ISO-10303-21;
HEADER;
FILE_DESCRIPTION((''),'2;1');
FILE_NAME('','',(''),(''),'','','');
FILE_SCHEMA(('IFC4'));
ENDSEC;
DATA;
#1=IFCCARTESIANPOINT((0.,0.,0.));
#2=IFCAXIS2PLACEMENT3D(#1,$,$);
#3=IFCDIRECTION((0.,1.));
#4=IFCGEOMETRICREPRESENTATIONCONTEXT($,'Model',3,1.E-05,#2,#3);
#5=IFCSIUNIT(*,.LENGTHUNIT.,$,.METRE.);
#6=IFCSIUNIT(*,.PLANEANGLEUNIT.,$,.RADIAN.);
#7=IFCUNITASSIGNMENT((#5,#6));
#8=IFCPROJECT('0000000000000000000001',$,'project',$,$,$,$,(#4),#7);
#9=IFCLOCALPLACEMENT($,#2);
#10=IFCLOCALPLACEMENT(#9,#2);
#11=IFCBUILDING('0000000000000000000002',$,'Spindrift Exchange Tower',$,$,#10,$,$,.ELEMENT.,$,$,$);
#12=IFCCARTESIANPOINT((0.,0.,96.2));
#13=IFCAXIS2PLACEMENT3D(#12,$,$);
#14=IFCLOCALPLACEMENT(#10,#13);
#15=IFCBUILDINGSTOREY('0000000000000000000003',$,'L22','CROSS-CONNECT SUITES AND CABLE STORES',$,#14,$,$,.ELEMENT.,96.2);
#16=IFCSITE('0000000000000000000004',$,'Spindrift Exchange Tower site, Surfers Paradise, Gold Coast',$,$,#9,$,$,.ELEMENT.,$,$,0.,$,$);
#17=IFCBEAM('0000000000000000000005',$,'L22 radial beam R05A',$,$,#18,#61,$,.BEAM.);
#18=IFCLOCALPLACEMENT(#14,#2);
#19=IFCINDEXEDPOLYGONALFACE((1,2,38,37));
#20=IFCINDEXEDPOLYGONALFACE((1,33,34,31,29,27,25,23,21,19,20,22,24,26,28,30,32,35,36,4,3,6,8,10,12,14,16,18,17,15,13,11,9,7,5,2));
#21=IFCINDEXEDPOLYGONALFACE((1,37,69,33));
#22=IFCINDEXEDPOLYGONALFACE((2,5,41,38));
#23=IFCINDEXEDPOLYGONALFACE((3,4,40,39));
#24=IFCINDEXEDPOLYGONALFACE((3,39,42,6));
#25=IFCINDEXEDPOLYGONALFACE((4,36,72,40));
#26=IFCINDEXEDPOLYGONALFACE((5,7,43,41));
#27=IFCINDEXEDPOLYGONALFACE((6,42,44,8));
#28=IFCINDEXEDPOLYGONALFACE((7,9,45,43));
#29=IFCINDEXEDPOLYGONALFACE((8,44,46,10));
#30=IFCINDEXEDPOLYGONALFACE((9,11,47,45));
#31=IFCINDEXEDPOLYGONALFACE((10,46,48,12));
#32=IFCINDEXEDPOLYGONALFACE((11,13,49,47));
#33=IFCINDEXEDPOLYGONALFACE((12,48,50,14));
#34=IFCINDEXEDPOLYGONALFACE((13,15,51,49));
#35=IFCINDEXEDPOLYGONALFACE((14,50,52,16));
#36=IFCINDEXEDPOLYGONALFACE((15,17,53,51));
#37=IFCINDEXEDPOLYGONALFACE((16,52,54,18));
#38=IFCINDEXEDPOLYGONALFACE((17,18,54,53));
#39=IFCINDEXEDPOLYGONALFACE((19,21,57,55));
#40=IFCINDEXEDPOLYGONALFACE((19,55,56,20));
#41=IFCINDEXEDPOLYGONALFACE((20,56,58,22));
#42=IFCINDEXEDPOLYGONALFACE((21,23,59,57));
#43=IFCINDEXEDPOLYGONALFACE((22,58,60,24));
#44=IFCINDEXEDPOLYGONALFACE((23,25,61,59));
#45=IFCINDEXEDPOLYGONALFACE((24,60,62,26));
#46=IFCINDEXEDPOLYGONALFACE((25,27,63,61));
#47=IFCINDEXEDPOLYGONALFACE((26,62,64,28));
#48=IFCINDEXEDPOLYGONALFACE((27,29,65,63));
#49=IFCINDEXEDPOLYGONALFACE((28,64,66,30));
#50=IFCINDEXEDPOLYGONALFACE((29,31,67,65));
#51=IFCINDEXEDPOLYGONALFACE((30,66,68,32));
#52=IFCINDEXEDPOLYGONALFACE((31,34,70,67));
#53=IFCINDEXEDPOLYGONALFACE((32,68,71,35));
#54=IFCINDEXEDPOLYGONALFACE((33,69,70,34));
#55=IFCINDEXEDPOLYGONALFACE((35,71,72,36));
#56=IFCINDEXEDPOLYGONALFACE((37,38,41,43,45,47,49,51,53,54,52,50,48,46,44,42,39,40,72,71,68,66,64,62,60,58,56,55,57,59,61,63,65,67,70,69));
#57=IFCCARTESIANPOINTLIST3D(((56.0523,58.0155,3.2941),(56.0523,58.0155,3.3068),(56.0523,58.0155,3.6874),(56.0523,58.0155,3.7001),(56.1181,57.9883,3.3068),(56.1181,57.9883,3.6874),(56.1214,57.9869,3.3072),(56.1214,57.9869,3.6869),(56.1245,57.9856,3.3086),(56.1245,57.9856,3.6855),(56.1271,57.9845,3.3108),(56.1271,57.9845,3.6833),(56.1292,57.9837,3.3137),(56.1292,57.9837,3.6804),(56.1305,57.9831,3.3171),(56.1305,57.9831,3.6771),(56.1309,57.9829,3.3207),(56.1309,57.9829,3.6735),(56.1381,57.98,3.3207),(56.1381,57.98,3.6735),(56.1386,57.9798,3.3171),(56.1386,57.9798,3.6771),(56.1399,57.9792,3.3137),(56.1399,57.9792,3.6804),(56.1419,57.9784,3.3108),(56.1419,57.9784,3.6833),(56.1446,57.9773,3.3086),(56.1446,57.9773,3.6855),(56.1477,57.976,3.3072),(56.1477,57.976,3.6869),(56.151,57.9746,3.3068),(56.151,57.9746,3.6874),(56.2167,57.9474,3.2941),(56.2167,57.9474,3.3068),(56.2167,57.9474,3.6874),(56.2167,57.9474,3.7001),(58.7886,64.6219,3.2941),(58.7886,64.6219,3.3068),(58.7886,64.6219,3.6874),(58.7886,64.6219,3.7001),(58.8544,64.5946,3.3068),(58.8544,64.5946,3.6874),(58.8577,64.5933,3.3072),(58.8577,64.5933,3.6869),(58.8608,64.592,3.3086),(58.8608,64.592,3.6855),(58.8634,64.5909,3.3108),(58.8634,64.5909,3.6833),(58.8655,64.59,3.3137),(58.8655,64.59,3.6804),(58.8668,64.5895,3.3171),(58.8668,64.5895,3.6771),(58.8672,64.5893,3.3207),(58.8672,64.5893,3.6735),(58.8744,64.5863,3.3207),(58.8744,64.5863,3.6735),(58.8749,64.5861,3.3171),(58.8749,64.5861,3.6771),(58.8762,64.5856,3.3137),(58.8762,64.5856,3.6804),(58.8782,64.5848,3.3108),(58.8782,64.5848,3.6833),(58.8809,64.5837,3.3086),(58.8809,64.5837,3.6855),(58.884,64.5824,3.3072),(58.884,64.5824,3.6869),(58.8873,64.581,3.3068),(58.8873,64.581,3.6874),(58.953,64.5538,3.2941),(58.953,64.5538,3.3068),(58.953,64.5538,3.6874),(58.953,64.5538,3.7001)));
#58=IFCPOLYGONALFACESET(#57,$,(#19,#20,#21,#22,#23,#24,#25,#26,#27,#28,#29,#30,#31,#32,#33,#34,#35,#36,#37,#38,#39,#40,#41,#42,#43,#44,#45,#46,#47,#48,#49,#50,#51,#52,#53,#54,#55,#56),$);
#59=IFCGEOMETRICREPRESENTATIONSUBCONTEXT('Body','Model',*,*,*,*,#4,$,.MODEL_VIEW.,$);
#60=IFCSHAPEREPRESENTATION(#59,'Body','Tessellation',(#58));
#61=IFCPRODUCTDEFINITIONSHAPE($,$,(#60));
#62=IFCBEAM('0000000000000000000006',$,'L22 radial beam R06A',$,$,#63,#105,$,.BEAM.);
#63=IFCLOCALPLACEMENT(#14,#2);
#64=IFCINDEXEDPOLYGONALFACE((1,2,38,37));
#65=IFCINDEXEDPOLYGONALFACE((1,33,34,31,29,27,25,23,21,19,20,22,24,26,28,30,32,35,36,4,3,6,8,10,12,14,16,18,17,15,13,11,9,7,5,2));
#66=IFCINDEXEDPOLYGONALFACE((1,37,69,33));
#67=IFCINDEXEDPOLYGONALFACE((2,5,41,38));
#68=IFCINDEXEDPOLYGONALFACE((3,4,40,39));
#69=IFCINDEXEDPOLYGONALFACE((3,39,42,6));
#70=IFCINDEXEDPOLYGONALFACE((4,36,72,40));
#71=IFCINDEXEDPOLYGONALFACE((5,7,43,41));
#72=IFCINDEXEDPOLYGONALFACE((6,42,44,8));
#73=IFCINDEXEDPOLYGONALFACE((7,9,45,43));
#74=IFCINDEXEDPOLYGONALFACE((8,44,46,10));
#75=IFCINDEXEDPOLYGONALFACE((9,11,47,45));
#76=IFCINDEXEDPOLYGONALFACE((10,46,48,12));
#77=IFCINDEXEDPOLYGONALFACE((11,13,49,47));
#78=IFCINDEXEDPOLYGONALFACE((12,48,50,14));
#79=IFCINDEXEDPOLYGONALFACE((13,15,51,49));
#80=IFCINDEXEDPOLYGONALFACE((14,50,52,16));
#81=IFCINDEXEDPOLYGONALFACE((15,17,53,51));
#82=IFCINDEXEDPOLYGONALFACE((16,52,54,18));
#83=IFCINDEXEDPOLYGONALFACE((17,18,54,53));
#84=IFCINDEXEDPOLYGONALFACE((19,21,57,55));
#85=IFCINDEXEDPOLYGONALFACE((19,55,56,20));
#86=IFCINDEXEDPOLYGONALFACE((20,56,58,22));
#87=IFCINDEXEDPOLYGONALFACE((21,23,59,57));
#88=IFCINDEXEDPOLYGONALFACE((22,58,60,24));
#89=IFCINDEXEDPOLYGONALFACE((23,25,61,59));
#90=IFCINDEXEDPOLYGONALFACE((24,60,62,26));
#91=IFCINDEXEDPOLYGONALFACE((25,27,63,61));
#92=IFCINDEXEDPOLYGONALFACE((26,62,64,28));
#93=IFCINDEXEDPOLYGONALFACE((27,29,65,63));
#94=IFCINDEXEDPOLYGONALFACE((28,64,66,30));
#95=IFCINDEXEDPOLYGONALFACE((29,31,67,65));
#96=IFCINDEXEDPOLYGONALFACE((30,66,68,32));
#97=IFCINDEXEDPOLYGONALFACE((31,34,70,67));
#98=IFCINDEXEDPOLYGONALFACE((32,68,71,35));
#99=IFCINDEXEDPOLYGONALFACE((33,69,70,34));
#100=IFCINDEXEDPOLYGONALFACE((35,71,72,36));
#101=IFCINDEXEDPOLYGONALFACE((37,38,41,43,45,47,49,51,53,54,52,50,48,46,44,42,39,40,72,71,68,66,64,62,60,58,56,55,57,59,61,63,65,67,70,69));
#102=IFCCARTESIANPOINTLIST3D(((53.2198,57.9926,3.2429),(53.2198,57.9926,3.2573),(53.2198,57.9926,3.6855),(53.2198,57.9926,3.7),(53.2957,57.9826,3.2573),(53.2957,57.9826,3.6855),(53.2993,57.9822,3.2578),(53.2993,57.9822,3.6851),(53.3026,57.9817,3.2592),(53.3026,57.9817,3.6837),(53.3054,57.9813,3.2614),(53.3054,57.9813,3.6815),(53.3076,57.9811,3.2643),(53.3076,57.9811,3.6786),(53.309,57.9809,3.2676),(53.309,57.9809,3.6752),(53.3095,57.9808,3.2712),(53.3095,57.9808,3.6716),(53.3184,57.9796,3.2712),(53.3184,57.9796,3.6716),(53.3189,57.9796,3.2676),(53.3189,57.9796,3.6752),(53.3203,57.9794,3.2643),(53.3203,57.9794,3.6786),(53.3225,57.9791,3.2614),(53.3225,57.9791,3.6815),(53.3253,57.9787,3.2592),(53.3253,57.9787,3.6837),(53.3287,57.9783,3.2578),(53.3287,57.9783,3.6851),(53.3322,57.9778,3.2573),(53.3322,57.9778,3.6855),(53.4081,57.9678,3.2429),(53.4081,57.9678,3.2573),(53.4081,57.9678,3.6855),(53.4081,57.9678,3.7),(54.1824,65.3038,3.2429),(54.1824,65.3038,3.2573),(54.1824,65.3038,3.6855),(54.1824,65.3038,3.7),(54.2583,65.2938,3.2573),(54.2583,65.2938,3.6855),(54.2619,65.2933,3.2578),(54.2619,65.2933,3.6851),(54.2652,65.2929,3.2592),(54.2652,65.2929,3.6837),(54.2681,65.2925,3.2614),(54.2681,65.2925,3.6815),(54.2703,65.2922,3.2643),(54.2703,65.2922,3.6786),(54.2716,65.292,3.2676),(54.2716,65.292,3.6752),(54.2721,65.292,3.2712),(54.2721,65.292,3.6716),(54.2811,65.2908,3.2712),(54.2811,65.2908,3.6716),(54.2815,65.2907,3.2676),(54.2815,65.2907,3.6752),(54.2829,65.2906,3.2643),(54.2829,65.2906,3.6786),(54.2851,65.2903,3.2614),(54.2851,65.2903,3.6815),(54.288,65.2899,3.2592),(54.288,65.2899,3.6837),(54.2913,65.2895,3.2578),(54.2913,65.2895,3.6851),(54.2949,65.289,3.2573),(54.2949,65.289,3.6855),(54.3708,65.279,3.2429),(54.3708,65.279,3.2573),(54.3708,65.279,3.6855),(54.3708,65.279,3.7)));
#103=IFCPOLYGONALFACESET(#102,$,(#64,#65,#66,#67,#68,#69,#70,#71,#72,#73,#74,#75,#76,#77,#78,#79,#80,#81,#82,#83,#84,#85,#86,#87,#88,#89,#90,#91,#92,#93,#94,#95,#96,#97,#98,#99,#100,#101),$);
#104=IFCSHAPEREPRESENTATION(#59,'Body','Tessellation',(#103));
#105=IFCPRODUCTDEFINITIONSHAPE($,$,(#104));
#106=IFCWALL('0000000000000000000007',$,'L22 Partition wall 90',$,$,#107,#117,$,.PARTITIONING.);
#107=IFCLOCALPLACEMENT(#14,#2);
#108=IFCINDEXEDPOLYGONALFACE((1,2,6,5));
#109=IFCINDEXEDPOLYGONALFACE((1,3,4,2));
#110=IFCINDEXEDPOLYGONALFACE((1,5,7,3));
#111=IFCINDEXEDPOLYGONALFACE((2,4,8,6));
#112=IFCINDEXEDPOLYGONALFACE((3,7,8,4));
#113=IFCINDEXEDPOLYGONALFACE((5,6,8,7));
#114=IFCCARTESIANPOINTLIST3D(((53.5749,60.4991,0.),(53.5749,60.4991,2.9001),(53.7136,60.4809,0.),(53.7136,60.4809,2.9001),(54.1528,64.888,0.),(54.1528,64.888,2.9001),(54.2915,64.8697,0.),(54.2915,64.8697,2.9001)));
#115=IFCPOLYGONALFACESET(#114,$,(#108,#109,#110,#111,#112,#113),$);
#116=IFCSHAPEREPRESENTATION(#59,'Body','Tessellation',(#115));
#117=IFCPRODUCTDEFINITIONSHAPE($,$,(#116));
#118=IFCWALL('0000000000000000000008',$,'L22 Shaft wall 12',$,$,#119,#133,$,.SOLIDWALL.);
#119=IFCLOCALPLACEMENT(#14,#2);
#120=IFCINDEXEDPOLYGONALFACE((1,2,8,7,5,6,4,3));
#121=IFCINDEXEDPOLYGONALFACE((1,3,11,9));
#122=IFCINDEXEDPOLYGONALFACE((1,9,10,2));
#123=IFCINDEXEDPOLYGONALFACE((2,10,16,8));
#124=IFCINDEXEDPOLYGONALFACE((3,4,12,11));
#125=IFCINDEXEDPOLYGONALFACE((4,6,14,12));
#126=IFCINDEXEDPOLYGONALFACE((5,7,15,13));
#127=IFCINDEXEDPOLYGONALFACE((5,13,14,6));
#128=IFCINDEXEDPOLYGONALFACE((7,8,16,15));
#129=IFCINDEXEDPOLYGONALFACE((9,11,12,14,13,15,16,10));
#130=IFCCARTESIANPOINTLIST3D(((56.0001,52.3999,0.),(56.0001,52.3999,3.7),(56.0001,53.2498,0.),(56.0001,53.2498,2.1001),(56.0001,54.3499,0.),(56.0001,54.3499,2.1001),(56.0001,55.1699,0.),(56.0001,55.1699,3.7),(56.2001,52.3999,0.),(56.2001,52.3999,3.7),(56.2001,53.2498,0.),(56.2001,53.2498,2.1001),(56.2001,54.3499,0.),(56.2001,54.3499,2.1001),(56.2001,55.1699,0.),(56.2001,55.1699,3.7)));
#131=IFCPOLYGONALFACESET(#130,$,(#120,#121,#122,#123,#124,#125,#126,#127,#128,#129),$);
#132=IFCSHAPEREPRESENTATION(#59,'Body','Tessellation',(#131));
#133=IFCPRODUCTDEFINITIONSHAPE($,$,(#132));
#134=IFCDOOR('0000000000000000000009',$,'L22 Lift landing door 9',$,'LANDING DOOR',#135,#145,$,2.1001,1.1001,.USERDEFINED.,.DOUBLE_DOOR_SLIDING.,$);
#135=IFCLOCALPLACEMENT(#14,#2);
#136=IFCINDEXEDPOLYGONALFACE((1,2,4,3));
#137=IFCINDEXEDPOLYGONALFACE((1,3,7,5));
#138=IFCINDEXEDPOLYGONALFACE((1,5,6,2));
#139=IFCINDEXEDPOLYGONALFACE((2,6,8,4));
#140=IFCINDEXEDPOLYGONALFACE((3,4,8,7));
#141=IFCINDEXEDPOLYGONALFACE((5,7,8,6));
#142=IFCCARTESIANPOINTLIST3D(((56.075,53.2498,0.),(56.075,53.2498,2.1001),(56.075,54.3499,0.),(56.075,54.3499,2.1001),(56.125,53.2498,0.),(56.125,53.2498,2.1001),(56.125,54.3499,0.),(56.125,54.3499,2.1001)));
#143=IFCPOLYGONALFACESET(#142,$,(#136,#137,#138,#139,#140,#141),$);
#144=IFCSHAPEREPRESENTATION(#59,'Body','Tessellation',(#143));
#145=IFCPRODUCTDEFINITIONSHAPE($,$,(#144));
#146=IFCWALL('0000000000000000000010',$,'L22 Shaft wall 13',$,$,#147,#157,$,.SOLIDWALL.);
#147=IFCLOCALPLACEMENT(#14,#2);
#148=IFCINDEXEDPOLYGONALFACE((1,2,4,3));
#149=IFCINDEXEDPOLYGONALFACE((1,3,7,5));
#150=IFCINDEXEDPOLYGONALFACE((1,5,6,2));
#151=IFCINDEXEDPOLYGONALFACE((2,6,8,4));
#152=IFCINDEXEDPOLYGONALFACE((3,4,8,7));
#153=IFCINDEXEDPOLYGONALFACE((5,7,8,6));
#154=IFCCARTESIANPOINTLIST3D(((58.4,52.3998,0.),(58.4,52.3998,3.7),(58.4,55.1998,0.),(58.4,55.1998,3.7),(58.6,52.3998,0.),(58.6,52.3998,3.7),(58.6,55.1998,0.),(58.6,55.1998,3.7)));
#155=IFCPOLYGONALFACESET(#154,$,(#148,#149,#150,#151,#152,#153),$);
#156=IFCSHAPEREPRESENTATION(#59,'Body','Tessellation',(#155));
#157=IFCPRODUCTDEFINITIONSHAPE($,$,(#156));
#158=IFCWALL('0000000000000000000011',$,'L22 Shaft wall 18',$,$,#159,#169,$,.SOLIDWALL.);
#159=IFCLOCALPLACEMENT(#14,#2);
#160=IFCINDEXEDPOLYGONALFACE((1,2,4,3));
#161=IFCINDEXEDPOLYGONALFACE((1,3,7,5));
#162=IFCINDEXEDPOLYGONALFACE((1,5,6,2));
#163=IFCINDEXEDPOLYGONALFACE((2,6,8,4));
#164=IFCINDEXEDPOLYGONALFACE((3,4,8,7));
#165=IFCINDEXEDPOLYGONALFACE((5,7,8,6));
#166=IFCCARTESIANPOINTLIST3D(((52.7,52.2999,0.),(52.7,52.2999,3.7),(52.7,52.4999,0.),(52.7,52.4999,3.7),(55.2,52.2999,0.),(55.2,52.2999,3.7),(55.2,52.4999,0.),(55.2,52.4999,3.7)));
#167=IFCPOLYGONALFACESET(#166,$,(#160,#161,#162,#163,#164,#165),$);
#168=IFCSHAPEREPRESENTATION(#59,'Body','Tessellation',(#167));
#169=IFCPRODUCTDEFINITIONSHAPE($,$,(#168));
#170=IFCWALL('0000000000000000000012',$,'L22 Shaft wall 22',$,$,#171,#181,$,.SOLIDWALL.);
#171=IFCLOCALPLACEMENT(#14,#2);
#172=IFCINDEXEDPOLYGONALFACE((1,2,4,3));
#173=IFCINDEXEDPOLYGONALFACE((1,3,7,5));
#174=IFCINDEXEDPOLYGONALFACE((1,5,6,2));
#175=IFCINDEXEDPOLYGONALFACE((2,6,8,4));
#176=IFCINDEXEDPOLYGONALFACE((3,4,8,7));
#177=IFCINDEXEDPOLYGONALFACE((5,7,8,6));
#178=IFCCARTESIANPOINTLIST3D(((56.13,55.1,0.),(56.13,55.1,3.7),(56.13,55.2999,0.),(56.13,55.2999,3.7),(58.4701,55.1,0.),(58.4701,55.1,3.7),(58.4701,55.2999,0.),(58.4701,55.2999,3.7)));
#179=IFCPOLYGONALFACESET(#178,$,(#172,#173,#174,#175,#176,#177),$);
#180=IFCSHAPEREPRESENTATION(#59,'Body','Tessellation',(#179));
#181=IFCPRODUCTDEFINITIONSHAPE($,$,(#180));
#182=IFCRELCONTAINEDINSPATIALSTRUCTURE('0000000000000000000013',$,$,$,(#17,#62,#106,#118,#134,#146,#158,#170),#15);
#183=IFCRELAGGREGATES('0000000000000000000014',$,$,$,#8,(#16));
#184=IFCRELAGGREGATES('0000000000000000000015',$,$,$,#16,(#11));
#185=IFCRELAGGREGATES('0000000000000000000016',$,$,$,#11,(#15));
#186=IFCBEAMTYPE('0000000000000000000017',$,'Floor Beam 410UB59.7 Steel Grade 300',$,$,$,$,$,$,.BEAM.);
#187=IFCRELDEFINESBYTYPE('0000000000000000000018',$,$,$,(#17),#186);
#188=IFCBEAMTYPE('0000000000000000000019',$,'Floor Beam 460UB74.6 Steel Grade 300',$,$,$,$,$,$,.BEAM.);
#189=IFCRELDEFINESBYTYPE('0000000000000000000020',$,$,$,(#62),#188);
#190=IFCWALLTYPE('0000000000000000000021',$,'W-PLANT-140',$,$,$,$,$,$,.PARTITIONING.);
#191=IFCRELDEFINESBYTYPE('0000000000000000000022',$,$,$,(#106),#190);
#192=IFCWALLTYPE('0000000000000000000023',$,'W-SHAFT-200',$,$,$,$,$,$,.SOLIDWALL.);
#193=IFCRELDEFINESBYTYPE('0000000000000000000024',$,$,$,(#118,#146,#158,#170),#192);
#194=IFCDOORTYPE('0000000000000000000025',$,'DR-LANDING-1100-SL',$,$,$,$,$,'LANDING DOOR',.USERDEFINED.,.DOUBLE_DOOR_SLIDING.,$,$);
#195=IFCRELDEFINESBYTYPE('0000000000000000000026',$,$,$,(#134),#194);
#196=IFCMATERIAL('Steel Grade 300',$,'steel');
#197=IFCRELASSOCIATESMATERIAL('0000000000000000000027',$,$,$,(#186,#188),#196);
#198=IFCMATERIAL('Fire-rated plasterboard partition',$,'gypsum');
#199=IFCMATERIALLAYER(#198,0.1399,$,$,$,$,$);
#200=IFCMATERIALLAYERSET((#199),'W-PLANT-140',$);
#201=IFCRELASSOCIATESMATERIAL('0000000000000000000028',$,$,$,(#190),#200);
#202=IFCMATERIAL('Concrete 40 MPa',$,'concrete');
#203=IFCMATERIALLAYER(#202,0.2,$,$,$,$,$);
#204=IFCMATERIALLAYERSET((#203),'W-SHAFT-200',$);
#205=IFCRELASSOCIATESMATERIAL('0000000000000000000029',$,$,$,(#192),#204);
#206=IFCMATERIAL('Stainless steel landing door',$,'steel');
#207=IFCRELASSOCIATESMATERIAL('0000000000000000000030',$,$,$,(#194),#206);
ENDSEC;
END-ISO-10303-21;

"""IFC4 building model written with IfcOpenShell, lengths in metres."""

from ifc_helpers import new_model, si_unit, direction, frame, frame_2d, origin, origin_2d, place, context, subcontext, project, spatial, rectangle, i_section, extrude, source, transform, mapped, material, layer, layer_set, material_profile, profile_set, type_object, element, fill, save


model = new_model("IFC4")

# Units and contexts
model_context = context("Model", 3, precision=1e-05, world=origin(), true_north=direction((0.0, 1.0)))
body_context = subcontext(model_context, "Body", "Model", "MODEL_VIEW")
ifc_project = project(units=[si_unit("LENGTHUNIT", "METRE"), si_unit("PLANEANGLEUNIT", "RADIAN")], contexts=[model_context])

# Site, building, storey
site_placement = place(None, origin())
site = spatial("IfcSite", under=ifc_project, at=site_placement, Name="Spindrift Exchange Tower site, Surfers Paradise, Gold Coast", CompositionType="ELEMENT", RefElevation=0.0)
building_placement = place(site_placement, origin())
building = spatial("IfcBuilding", under=site, at=building_placement, Name="Spindrift Exchange Tower", CompositionType="ELEMENT")
storey_placement = place(building_placement, frame((0.0, 0.0, 96.2)))
storey = spatial("IfcBuildingStorey", under=building, at=storey_placement, Name="L22", Description="CROSS-CONNECT SUITES AND CABLE STORES", CompositionType="ELEMENT", Elevation=96.2)

# Beams
ifc_material_1 = material(Name="Steel Grade 300", Category="steel")
ifc_material_profile_1 = material_profile(ifc_material_1, i_section(OverallWidth=0.178, OverallDepth=0.406, WebThickness=0.0078, FlangeThickness=0.0127, FilletRadius=0.0139, at=origin_2d()), Name="410UB59.7")
ifc_profile_set_1 = profile_set([ifc_material_profile_1], Name="Steel Grade 300")
beam_type_1 = type_object("IfcBeamType", Name="Floor Beam 410UB59.7 Steel Grade 300", PredefinedType="BEAM", material=ifc_profile_set_1)
shared_shape_1 = source(origin(), body_context, "Body", "SweptSolid", [
    extrude(i_section(OverallWidth=0.178, OverallDepth=0.406, WebThickness=0.0078, FlangeThickness=0.0127, FilletRadius=0.0139, at=origin_2d()), origin(), (0.0, 0.0, 1.0), 7.1506),
])
beam_1_placement = place(storey_placement, frame((56.1345, 57.9814, 3.4971), z_axis=(0.382665, 0.923887, 0.0), x_axis=(-0.923887, 0.382665, 0.0)))
element("IfcBeam", 1, at=beam_1_placement, inside=storey, type_object=beam_type_1, Name="L22 radial beam R05A", PredefinedType="BEAM", context=body_context, shape_type="MappedRepresentation", body=[
    mapped(shared_shape_1, transform((0.0, 0.0, 0.0), scale=1.0)),
])
ifc_material_profile_2 = material_profile(ifc_material_1, i_section(OverallWidth=0.1899, OverallDepth=0.457, WebThickness=0.009, FlangeThickness=0.0144, FilletRadius=0.0139, at=origin_2d()), Name="460UB74.6")
ifc_profile_set_2 = profile_set([ifc_material_profile_2], Name="Steel Grade 300")
beam_type_2 = type_object("IfcBeamType", Name="Floor Beam 460UB74.6 Steel Grade 300", PredefinedType="BEAM", material=ifc_profile_set_2)
shared_shape_2 = source(origin(), body_context, "Body", "SweptSolid", [
    extrude(i_section(OverallWidth=0.1899, OverallDepth=0.457, WebThickness=0.009, FlangeThickness=0.0144, FilletRadius=0.0139, at=origin_2d()), origin(), (0.0, 0.0, 1.0), 7.3743),
])
beam_2_placement = place(storey_placement, frame((53.314, 57.9802, 3.4714), z_axis=(0.130539, 0.991443, 0.0), x_axis=(-0.991443, 0.130539, 0.0)))
element("IfcBeam", 2, at=beam_2_placement, inside=storey, type_object=beam_type_2, Name="L22 radial beam R06A", PredefinedType="BEAM", context=body_context, shape_type="MappedRepresentation", body=[
    mapped(shared_shape_2, transform((0.0, 0.0, 0.0), scale=1.0)),
])

# Wall
ifc_material_2 = material(Name="Fire-rated plasterboard partition", Category="gypsum")
ifc_layer_1 = layer(ifc_material_2, 0.1399)
ifc_layer_set_1 = layer_set([ifc_layer_1], Name="W-PLANT-140")
wall_type_1 = type_object("IfcWallType", Name="W-PLANT-140", PredefinedType="PARTITIONING", material=ifc_layer_set_1)
wall_1_placement = place(storey_placement, frame((53.6443, 60.49, 0.0), z_axis=(0.0, 0.0, 1.0), x_axis=(0.130542, 0.991443, 0.0)))
element("IfcWall", 3, at=wall_1_placement, inside=storey, type_object=wall_type_1, Name="L22 Partition wall 90", PredefinedType="PARTITIONING", context=body_context, shape_type="SweptSolid", body=[
    extrude(rectangle(XDim=4.4268, YDim=0.1399, at=frame_2d((2.2134, 0.0))), origin(), (0.0, 0.0, 1.0), 2.9001),
])

# Wall, opening, door
ifc_material_3 = material(Name="Concrete 40 MPa", Category="concrete")
ifc_layer_2 = layer(ifc_material_3, 0.2)
ifc_layer_set_2 = layer_set([ifc_layer_2], Name="W-SHAFT-200")
wall_type_2 = type_object("IfcWallType", Name="W-SHAFT-200", PredefinedType="SOLIDWALL", material=ifc_layer_set_2)
wall_2_placement = place(storey_placement, frame((56.1001, 55.1699, 0.0), z_axis=(0.0, 0.0, 1.0), x_axis=(0.0, -1.0, 0.0)))
wall_2 = element("IfcWall", 4, at=wall_2_placement, inside=storey, type_object=wall_type_2, Name="L22 Shaft wall 12", PredefinedType="SOLIDWALL", context=body_context, shape_type="SweptSolid", body=[
    extrude(rectangle(XDim=2.77, YDim=0.2, at=frame_2d((1.385, 0.0))), origin(), (0.0, 0.0, 1.0), 3.7),
])
opening_1_placement = place(wall_2_placement, frame((0.8201, 0.0, 0.0)))
opening_1 = element("IfcOpeningElement", 5, at=opening_1_placement, cuts=wall_2, PredefinedType="OPENING", context=body_context, shape_type="SweptSolid", body=[
    extrude(rectangle(XDim=1.1001, YDim=2.1001, at=frame_2d((0.55, 1.05))), frame((0.0, 0.1099, 0.0), z_axis=(0.0, -1.0, 0.0), x_axis=(1.0, 0.0, 0.0)), (0.0, 0.0, 1.0), 0.22),
])
ifc_material_4 = material(Name="Stainless steel landing door", Category="steel")
door_type_1 = type_object("IfcDoorType", Name="DR-LANDING-1100-SL", ElementType="LANDING DOOR", OperationType="DOUBLE_DOOR_SLIDING", PredefinedType="USERDEFINED", material=ifc_material_4)
shared_shape_3 = source(origin(), body_context, "Body", "SweptSolid", [
    extrude(rectangle(XDim=1.1001, YDim=2.1001, at=frame_2d((0.55, 1.05))), frame((0.0, 0.0249, 0.0), z_axis=(0.0, -1.0, 0.0), x_axis=(1.0, 0.0, 0.0)), (0.0, 0.0, 1.0), 0.05),
])
door_1_placement = place(opening_1_placement, origin())
door_1 = element("IfcDoor", 6, at=door_1_placement, inside=storey, type_object=door_type_1, Name="L22 Lift landing door 9", ObjectType="LANDING DOOR", OperationType="DOUBLE_DOOR_SLIDING", OverallHeight=2.1001, OverallWidth=1.1001, PredefinedType="USERDEFINED", context=body_context, shape_type="MappedRepresentation", body=[
    mapped(shared_shape_3, transform((0.0, 0.0, 0.0), scale=1.0)),
])
fill(opening_1, door_1)

# Walls
wall_3_placement = place(storey_placement, frame((58.5, 52.3999, 0.0), z_axis=(0.0, 0.0, 1.0), x_axis=(0.0, 1.0, 0.0)))
element("IfcWall", 7, at=wall_3_placement, inside=storey, type_object=wall_type_2, Name="L22 Shaft wall 13", PredefinedType="SOLIDWALL", context=body_context, shape_type="SweptSolid", body=[
    extrude(rectangle(XDim=2.8, YDim=0.2, at=frame_2d((1.3999, 0.0))), origin(), (0.0, 0.0, 1.0), 3.7),
])
wall_4_placement = place(storey_placement, frame((55.2, 52.3999, 0.0), z_axis=(0.0, 0.0, 1.0), x_axis=(-1.0, 0.0, 0.0)))
element("IfcWall", 8, at=wall_4_placement, inside=storey, type_object=wall_type_2, Name="L22 Shaft wall 18", PredefinedType="SOLIDWALL", context=body_context, shape_type="SweptSolid", body=[
    extrude(rectangle(XDim=2.5, YDim=0.2, at=frame_2d((1.25, 0.0))), origin(), (0.0, 0.0, 1.0), 3.7),
])
wall_5_placement = place(storey_placement, frame((58.47, 55.2, 0.0), z_axis=(0.0, 0.0, 1.0), x_axis=(-1.0, 0.0, 0.0)))
element("IfcWall", 9, at=wall_5_placement, inside=storey, type_object=wall_type_2, Name="L22 Shaft wall 22", PredefinedType="SOLIDWALL", context=body_context, shape_type="SweptSolid", body=[
    extrude(rectangle(XDim=2.3401, YDim=0.2, at=frame_2d((1.1699, 0.0))), origin(), (0.0, 0.0, 1.0), 3.7),
])

save(model, "model.ifc")
